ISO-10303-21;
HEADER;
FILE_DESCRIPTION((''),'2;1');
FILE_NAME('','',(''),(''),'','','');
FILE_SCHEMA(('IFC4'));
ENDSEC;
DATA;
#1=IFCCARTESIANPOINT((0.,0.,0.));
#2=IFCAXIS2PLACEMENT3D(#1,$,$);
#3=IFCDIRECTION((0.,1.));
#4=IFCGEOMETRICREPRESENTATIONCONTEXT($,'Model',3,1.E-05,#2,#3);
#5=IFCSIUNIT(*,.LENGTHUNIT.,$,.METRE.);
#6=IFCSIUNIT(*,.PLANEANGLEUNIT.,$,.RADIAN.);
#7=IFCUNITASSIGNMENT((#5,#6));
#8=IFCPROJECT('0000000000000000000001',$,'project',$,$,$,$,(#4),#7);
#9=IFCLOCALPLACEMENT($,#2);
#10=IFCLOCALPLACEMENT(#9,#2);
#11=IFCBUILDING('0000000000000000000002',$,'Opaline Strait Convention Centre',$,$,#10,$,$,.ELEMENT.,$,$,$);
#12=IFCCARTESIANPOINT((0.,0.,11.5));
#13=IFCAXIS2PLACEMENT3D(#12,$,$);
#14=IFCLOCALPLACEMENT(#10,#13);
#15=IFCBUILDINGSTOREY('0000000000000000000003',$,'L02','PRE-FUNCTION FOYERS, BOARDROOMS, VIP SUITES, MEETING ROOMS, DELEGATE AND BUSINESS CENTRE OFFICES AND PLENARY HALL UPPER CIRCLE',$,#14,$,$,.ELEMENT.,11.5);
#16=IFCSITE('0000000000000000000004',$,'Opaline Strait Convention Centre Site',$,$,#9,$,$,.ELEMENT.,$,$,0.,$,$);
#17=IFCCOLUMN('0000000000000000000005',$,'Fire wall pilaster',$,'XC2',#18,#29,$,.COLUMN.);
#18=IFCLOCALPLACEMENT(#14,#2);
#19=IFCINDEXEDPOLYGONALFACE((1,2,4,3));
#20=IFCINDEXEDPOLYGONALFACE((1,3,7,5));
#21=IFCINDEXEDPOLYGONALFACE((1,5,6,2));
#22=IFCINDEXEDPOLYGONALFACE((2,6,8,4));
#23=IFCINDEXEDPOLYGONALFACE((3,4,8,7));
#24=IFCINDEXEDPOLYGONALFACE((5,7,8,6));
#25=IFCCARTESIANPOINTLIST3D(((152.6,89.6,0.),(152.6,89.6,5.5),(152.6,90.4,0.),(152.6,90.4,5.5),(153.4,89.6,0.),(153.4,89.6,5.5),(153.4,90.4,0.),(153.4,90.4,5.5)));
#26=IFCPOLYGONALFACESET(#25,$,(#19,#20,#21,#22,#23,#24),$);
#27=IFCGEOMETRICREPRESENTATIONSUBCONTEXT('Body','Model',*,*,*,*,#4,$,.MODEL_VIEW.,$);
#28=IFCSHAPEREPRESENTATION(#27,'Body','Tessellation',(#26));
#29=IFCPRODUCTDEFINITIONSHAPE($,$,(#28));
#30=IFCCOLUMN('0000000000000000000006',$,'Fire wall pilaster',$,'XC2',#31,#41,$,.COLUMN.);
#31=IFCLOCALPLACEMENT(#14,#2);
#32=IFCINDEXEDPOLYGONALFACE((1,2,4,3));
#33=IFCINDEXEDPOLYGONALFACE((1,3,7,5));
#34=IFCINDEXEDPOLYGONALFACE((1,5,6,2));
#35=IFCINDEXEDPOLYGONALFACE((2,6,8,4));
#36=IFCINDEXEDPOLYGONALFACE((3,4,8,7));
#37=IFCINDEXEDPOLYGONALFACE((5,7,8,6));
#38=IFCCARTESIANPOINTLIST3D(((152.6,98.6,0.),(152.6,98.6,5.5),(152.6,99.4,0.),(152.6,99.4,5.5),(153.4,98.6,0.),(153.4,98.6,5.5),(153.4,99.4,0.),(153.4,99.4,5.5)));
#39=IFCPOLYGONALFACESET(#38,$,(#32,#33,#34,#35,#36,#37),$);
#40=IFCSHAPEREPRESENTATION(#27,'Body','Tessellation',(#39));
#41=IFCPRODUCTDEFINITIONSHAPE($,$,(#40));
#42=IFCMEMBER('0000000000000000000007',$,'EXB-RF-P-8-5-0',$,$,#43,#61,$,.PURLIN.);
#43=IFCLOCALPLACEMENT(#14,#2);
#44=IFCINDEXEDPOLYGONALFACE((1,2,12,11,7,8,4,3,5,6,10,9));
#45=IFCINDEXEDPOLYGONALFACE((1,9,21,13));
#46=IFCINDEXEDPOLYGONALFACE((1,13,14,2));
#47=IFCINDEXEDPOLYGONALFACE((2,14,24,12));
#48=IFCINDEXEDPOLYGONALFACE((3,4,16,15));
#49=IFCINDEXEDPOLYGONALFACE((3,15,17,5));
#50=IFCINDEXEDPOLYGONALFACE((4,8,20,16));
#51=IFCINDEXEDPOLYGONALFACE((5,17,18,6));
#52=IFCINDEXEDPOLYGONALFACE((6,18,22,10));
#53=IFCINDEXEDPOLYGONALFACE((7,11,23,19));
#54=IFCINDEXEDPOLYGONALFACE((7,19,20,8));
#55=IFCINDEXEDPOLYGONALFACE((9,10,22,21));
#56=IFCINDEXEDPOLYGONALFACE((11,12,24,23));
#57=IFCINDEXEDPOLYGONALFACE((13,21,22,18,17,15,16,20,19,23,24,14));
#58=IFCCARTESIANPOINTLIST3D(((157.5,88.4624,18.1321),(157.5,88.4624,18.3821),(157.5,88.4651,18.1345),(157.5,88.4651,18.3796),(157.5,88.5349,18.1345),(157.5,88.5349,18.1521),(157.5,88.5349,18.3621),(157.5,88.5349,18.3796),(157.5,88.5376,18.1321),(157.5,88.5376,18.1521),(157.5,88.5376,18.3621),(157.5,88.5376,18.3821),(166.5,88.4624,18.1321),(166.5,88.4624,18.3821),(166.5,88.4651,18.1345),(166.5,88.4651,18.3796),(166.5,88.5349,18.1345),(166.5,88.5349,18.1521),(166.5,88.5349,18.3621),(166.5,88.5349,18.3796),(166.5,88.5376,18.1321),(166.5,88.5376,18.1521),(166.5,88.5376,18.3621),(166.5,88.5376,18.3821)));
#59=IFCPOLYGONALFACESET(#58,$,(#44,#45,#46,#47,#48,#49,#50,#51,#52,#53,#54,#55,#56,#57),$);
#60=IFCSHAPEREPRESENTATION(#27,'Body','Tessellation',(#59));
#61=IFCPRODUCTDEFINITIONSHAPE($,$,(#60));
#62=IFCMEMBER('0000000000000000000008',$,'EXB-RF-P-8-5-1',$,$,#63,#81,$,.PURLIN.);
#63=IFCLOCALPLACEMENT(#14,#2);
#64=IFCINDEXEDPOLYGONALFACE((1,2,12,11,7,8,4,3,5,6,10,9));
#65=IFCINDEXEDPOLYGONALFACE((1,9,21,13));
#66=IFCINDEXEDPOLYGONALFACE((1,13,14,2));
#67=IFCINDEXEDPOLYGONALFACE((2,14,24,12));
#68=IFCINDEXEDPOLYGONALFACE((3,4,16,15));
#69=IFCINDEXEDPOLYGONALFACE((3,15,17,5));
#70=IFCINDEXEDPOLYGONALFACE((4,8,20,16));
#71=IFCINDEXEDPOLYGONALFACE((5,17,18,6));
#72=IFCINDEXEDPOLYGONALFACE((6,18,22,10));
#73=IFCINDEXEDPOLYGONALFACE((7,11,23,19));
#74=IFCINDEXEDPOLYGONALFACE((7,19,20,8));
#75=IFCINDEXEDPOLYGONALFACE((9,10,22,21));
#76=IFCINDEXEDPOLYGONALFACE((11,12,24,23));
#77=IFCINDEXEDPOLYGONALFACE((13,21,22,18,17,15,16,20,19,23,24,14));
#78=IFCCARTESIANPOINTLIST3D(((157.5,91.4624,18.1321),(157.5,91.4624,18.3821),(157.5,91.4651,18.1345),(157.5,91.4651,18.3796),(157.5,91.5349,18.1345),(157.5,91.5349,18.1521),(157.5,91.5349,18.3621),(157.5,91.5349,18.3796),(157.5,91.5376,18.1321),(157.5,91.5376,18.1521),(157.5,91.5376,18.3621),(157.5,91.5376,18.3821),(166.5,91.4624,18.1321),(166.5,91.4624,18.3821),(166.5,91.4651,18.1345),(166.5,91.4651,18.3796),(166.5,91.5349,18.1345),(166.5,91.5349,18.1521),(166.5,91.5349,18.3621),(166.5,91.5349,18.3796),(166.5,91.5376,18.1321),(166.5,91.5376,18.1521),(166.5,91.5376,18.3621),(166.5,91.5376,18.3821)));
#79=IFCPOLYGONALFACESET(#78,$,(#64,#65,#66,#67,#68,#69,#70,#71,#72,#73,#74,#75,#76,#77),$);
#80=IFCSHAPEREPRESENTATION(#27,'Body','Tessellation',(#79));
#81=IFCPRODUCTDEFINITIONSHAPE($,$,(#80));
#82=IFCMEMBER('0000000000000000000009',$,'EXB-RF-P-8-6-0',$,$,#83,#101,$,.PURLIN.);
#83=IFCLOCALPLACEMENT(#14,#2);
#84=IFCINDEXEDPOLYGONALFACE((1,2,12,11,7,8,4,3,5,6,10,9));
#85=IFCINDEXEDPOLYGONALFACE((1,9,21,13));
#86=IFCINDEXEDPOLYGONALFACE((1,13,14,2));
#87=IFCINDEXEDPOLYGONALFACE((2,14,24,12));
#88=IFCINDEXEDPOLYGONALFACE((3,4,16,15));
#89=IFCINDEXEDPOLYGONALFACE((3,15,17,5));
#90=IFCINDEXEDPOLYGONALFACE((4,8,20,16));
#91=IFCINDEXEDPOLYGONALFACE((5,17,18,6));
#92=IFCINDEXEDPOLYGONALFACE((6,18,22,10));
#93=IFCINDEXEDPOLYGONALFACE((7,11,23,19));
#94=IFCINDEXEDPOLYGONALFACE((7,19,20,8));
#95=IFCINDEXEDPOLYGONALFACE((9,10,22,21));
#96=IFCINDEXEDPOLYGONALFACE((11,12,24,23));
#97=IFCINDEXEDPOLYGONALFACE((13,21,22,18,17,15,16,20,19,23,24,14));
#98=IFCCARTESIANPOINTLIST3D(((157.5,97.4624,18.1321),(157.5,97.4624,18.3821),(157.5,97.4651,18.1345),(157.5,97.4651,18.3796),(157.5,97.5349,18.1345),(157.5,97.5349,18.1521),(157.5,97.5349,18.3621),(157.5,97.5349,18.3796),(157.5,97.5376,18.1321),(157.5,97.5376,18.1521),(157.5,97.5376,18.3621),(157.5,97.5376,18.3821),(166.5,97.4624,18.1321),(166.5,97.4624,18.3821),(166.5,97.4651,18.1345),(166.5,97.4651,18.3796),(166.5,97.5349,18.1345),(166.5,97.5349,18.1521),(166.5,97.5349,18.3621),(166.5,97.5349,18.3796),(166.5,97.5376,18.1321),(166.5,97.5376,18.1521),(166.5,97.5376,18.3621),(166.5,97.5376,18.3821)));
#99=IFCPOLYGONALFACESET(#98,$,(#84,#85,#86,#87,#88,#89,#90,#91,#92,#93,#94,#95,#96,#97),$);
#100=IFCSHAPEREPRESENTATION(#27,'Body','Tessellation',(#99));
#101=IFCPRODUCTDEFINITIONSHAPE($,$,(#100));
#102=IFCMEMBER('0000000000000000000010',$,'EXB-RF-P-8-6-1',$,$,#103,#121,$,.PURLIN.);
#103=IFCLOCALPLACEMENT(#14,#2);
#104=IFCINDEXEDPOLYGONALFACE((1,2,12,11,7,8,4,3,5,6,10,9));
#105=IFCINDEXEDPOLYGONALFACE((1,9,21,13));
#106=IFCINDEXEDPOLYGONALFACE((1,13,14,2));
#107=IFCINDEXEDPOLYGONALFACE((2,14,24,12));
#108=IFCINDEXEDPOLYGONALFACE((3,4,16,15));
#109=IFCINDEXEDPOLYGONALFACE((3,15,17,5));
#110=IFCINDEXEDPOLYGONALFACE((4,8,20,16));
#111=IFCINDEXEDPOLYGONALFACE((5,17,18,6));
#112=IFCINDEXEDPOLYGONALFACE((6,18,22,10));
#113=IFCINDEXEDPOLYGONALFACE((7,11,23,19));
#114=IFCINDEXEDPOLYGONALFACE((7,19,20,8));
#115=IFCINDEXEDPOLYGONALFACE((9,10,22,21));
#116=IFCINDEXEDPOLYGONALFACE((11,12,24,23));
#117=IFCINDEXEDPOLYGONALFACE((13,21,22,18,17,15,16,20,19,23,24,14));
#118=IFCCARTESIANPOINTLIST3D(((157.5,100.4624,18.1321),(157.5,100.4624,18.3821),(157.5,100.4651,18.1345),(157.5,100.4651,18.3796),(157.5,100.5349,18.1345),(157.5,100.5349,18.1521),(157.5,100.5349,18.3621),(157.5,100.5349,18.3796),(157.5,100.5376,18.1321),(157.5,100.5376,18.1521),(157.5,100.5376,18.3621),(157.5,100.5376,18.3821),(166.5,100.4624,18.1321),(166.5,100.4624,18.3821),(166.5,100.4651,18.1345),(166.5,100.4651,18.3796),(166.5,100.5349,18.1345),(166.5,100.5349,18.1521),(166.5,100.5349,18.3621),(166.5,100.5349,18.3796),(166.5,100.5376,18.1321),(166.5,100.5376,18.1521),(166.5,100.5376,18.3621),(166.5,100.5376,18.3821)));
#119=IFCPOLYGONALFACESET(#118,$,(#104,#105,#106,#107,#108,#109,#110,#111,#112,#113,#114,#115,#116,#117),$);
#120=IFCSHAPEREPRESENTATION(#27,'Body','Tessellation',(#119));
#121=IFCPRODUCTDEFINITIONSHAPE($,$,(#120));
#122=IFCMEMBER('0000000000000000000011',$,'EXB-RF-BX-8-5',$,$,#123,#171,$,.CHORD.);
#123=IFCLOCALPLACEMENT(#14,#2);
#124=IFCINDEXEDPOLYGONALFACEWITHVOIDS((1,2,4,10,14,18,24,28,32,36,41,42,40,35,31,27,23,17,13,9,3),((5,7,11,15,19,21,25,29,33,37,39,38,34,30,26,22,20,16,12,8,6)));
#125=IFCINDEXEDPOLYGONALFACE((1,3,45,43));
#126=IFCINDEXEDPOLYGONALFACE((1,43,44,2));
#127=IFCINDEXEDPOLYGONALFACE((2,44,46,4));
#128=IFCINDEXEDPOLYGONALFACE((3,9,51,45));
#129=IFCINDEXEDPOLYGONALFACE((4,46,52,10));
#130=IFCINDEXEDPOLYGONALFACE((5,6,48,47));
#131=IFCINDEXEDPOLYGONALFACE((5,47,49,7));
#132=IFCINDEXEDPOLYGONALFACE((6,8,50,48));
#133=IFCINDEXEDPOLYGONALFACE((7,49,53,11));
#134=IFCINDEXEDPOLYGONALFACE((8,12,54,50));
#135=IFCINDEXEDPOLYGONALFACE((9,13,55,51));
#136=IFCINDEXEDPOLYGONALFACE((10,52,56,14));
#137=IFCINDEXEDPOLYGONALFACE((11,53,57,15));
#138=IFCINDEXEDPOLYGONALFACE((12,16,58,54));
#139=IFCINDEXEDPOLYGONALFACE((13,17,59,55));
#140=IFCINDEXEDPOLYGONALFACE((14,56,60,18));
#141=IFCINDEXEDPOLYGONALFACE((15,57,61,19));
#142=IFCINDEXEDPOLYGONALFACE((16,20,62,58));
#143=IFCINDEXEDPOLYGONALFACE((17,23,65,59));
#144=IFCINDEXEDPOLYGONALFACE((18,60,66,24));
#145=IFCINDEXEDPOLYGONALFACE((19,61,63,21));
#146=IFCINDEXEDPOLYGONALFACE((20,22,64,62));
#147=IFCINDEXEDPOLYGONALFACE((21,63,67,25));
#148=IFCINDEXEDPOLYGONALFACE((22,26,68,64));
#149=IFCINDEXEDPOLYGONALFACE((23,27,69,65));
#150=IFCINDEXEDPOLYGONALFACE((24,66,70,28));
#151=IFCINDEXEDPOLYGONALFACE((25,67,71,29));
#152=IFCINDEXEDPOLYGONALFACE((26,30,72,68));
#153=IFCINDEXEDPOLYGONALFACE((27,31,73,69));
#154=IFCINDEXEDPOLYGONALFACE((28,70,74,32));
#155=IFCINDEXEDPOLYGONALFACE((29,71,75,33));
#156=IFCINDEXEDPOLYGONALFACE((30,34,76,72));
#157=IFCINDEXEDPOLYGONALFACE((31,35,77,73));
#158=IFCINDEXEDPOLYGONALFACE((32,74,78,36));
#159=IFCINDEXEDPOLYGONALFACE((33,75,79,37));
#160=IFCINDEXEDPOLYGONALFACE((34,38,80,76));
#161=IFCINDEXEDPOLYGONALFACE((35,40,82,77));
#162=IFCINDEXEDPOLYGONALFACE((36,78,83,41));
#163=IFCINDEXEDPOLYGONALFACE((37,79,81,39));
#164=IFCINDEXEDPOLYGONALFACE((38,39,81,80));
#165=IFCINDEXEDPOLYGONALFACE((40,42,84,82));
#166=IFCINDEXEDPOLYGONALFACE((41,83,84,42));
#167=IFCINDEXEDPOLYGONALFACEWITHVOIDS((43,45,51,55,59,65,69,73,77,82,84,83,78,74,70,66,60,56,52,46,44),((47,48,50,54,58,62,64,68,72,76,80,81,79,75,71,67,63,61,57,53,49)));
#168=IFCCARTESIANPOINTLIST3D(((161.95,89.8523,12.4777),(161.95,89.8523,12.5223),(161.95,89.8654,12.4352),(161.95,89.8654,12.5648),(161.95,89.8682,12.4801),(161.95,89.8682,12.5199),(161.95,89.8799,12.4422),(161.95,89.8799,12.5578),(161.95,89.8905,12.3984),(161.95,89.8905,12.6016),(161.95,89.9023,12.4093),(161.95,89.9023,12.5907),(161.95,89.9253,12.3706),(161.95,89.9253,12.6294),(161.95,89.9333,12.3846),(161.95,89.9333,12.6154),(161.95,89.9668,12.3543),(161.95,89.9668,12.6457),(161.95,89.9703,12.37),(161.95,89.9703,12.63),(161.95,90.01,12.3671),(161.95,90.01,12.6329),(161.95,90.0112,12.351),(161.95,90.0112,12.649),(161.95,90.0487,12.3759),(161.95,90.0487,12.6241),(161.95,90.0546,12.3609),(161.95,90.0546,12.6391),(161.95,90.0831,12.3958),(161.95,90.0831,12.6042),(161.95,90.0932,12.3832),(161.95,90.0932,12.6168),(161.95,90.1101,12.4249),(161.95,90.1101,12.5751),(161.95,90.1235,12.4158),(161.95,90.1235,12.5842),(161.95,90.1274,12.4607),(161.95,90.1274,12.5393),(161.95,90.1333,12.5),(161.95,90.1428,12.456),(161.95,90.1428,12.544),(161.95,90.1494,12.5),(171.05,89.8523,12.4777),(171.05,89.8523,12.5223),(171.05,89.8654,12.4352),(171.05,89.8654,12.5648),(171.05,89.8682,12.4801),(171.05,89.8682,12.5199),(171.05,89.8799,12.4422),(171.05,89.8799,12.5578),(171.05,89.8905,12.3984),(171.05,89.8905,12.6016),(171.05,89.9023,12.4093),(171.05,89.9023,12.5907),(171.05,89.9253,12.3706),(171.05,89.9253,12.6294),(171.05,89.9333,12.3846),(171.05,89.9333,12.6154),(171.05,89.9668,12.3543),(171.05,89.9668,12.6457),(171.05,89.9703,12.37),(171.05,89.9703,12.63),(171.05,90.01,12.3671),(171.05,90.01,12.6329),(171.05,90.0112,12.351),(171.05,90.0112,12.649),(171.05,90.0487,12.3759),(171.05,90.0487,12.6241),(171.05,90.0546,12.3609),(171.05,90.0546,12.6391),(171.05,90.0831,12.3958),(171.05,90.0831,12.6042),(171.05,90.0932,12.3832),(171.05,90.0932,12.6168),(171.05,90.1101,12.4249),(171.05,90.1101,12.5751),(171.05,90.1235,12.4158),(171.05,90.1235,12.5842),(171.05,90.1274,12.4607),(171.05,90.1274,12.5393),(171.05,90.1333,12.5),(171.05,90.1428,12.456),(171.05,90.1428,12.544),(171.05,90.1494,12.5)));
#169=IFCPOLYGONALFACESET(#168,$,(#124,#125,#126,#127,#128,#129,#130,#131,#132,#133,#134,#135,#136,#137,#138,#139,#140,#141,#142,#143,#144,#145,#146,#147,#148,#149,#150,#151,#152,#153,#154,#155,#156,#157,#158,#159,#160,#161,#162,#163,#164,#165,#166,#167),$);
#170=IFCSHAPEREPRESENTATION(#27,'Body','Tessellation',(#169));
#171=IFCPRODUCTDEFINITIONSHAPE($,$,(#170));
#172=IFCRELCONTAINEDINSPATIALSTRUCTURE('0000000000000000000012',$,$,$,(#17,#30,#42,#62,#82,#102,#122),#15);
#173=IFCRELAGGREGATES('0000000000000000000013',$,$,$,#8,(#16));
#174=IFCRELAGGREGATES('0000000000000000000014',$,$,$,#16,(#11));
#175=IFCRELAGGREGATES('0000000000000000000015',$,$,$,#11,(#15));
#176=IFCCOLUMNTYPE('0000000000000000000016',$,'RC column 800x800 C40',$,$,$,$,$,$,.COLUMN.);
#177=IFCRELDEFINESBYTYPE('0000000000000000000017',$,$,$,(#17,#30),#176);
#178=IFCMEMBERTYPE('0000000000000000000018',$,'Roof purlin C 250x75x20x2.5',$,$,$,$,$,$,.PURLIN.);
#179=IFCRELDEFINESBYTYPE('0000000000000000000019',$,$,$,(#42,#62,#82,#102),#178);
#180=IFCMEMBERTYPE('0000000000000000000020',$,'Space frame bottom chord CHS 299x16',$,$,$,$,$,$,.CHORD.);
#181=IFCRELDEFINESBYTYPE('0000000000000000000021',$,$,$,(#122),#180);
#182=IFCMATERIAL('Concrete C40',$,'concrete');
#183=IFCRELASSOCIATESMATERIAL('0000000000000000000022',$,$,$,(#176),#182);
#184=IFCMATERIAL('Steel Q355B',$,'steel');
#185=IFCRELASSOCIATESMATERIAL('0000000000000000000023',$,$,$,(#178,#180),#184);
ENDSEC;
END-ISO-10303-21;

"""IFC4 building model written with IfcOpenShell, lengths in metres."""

from ifc_helpers import new_model, si_unit, direction, frame, origin, origin_2d, place, context, subcontext, project, spatial, polyline, rectangle, hollow_circle, outline, extrude, material, material_profile, profile_set, type_object, element, save


model = new_model("IFC4")

# Units and contexts
model_context = context("Model", 3, precision=1e-05, world=origin(), true_north=direction((0.0, 1.0)))
body_context = subcontext(model_context, "Body", "Model", "MODEL_VIEW")
ifc_project = project(units=[si_unit("LENGTHUNIT", "METRE"), si_unit("PLANEANGLEUNIT", "RADIAN")], contexts=[model_context])

# Site, building, storey
site_placement = place(None, origin())
site = spatial("IfcSite", under=ifc_project, at=site_placement, Name="Opaline Strait Convention Centre Site", CompositionType="ELEMENT", RefElevation=0.0)
building_placement = place(site_placement, origin())
building = spatial("IfcBuilding", under=site, at=building_placement, Name="Opaline Strait Convention Centre", CompositionType="ELEMENT")
storey_placement = place(building_placement, frame((0.0, 0.0, 11.5)))
storey = spatial("IfcBuildingStorey", under=building, at=storey_placement, Name="L02", Description="PRE-FUNCTION FOYERS, BOARDROOMS, VIP SUITES, MEETING ROOMS, DELEGATE AND BUSINESS CENTRE OFFICES AND PLENARY HALL UPPER CIRCLE", CompositionType="ELEMENT", Elevation=11.5)

# Columns
ifc_material_1 = material(Name="Concrete C40", Category="concrete")
ifc_material_profile_1 = material_profile(ifc_material_1, rectangle(XDim=0.8, YDim=0.8, at=origin_2d()), Name="RC 800x800")
ifc_profile_set_1 = profile_set([ifc_material_profile_1], Name="Concrete C40")
column_type = type_object("IfcColumnType", Name="RC column 800x800 C40", PredefinedType="COLUMN", material=ifc_profile_set_1)
for number, where, z_axis, x_axis, name in (
    (1, (153.0, 90.0, 0.0), (0.0, 0.0, 1.0), (1.0, 0.0, 0.0), "Fire wall pilaster"),
    (2, (153.0, 99.0, 0.0), (0.0, 0.0, 1.0), (1.0, 0.0, 0.0), "Fire wall pilaster"),
):
    element("IfcColumn", number, at=place(storey_placement, frame(where, z_axis=z_axis, x_axis=x_axis)), inside=storey, type_object=column_type, Name=name, ObjectType="XC2", PredefinedType="COLUMN", context=body_context, shape_type="SweptSolid", body=[
        extrude(rectangle(XDim=0.8, YDim=0.8, at=origin_2d()), origin(), (0.0, 0.0, 1.0), 5.5),
    ])

# Members
ifc_material_2 = material(Name="Steel Q355B", Category="steel")
ifc_material_profile_2 = material_profile(ifc_material_2, outline(polyline([(-0.0376, -0.125), (0.0376, -0.125), (0.0376, -0.105), (0.0349, -0.105), (0.0349, -0.1226), (-0.0349, -0.1226), (-0.0349, 0.1226), (0.0349, 0.1226), (0.0349, 0.105), (0.0376, 0.105), (0.0376, 0.125), (-0.0376, 0.125), (-0.0376, -0.125)])), Name="C 250x75x20x2.5")
ifc_profile_set_2 = profile_set([ifc_material_profile_2], Name="Steel Q355B")
member_type_1 = type_object("IfcMemberType", Name="Roof purlin C 250x75x20x2.5", PredefinedType="PURLIN", material=ifc_profile_set_2)
for number, where, z_axis, x_axis, name in (
    (3, (157.5, 88.5, 18.2571), (1.0, 0.0, 0.0), (0.0, 1.0, 0.0), "EXB-RF-P-8-5-0"),
    (4, (157.5, 91.5, 18.2571), (1.0, 0.0, 0.0), (0.0, 1.0, 0.0), "EXB-RF-P-8-5-1"),
    (5, (157.5, 97.5, 18.2571), (1.0, 0.0, 0.0), (0.0, 1.0, 0.0), "EXB-RF-P-8-6-0"),
    (6, (157.5, 100.5, 18.2571), (1.0, 0.0, 0.0), (0.0, 1.0, 0.0), "EXB-RF-P-8-6-1"),
):
    element("IfcMember", number, at=place(storey_placement, frame(where, z_axis=z_axis, x_axis=x_axis)), inside=storey, type_object=member_type_1, Name=name, PredefinedType="PURLIN", context=body_context, shape_type="SweptSolid", body=[
        extrude(outline(polyline([(-0.0376, -0.125), (0.0376, -0.125), (0.0376, -0.105), (0.0349, -0.105), (0.0349, -0.1226), (-0.0349, -0.1226), (-0.0349, 0.1226), (0.0349, 0.1226), (0.0349, 0.105), (0.0376, 0.105), (0.0376, 0.125), (-0.0376, 0.125), (-0.0376, -0.125)])), origin(), (0.0, 0.0, 1.0), 9.0),
    ])
ifc_material_profile_3 = material_profile(ifc_material_2, hollow_circle(Radius=0.1494, WallThickness=0.0161, at=origin_2d()), Name="CHS 299x16")
ifc_profile_set_3 = profile_set([ifc_material_profile_3], Name="Steel Q355B")
member_type_2 = type_object("IfcMemberType", Name="Space frame bottom chord CHS 299x16", PredefinedType="CHORD", material=ifc_profile_set_3)
for number, where, z_axis, x_axis, name in (
    (7, (161.95, 90.0, 12.5), (1.0, 0.0, 0.0), (0.0, 1.0, 0.0), "EXB-RF-BX-8-5"),
):
    element("IfcMember", number, at=place(storey_placement, frame(where, z_axis=z_axis, x_axis=x_axis)), inside=storey, type_object=member_type_2, Name=name, PredefinedType="CHORD", context=body_context, shape_type="SweptSolid", body=[
        extrude(hollow_circle(Radius=0.1494, WallThickness=0.0161, at=origin_2d()), origin(), (0.0, 0.0, 1.0), 9.1001),
    ])

save(model, "model.ifc")
